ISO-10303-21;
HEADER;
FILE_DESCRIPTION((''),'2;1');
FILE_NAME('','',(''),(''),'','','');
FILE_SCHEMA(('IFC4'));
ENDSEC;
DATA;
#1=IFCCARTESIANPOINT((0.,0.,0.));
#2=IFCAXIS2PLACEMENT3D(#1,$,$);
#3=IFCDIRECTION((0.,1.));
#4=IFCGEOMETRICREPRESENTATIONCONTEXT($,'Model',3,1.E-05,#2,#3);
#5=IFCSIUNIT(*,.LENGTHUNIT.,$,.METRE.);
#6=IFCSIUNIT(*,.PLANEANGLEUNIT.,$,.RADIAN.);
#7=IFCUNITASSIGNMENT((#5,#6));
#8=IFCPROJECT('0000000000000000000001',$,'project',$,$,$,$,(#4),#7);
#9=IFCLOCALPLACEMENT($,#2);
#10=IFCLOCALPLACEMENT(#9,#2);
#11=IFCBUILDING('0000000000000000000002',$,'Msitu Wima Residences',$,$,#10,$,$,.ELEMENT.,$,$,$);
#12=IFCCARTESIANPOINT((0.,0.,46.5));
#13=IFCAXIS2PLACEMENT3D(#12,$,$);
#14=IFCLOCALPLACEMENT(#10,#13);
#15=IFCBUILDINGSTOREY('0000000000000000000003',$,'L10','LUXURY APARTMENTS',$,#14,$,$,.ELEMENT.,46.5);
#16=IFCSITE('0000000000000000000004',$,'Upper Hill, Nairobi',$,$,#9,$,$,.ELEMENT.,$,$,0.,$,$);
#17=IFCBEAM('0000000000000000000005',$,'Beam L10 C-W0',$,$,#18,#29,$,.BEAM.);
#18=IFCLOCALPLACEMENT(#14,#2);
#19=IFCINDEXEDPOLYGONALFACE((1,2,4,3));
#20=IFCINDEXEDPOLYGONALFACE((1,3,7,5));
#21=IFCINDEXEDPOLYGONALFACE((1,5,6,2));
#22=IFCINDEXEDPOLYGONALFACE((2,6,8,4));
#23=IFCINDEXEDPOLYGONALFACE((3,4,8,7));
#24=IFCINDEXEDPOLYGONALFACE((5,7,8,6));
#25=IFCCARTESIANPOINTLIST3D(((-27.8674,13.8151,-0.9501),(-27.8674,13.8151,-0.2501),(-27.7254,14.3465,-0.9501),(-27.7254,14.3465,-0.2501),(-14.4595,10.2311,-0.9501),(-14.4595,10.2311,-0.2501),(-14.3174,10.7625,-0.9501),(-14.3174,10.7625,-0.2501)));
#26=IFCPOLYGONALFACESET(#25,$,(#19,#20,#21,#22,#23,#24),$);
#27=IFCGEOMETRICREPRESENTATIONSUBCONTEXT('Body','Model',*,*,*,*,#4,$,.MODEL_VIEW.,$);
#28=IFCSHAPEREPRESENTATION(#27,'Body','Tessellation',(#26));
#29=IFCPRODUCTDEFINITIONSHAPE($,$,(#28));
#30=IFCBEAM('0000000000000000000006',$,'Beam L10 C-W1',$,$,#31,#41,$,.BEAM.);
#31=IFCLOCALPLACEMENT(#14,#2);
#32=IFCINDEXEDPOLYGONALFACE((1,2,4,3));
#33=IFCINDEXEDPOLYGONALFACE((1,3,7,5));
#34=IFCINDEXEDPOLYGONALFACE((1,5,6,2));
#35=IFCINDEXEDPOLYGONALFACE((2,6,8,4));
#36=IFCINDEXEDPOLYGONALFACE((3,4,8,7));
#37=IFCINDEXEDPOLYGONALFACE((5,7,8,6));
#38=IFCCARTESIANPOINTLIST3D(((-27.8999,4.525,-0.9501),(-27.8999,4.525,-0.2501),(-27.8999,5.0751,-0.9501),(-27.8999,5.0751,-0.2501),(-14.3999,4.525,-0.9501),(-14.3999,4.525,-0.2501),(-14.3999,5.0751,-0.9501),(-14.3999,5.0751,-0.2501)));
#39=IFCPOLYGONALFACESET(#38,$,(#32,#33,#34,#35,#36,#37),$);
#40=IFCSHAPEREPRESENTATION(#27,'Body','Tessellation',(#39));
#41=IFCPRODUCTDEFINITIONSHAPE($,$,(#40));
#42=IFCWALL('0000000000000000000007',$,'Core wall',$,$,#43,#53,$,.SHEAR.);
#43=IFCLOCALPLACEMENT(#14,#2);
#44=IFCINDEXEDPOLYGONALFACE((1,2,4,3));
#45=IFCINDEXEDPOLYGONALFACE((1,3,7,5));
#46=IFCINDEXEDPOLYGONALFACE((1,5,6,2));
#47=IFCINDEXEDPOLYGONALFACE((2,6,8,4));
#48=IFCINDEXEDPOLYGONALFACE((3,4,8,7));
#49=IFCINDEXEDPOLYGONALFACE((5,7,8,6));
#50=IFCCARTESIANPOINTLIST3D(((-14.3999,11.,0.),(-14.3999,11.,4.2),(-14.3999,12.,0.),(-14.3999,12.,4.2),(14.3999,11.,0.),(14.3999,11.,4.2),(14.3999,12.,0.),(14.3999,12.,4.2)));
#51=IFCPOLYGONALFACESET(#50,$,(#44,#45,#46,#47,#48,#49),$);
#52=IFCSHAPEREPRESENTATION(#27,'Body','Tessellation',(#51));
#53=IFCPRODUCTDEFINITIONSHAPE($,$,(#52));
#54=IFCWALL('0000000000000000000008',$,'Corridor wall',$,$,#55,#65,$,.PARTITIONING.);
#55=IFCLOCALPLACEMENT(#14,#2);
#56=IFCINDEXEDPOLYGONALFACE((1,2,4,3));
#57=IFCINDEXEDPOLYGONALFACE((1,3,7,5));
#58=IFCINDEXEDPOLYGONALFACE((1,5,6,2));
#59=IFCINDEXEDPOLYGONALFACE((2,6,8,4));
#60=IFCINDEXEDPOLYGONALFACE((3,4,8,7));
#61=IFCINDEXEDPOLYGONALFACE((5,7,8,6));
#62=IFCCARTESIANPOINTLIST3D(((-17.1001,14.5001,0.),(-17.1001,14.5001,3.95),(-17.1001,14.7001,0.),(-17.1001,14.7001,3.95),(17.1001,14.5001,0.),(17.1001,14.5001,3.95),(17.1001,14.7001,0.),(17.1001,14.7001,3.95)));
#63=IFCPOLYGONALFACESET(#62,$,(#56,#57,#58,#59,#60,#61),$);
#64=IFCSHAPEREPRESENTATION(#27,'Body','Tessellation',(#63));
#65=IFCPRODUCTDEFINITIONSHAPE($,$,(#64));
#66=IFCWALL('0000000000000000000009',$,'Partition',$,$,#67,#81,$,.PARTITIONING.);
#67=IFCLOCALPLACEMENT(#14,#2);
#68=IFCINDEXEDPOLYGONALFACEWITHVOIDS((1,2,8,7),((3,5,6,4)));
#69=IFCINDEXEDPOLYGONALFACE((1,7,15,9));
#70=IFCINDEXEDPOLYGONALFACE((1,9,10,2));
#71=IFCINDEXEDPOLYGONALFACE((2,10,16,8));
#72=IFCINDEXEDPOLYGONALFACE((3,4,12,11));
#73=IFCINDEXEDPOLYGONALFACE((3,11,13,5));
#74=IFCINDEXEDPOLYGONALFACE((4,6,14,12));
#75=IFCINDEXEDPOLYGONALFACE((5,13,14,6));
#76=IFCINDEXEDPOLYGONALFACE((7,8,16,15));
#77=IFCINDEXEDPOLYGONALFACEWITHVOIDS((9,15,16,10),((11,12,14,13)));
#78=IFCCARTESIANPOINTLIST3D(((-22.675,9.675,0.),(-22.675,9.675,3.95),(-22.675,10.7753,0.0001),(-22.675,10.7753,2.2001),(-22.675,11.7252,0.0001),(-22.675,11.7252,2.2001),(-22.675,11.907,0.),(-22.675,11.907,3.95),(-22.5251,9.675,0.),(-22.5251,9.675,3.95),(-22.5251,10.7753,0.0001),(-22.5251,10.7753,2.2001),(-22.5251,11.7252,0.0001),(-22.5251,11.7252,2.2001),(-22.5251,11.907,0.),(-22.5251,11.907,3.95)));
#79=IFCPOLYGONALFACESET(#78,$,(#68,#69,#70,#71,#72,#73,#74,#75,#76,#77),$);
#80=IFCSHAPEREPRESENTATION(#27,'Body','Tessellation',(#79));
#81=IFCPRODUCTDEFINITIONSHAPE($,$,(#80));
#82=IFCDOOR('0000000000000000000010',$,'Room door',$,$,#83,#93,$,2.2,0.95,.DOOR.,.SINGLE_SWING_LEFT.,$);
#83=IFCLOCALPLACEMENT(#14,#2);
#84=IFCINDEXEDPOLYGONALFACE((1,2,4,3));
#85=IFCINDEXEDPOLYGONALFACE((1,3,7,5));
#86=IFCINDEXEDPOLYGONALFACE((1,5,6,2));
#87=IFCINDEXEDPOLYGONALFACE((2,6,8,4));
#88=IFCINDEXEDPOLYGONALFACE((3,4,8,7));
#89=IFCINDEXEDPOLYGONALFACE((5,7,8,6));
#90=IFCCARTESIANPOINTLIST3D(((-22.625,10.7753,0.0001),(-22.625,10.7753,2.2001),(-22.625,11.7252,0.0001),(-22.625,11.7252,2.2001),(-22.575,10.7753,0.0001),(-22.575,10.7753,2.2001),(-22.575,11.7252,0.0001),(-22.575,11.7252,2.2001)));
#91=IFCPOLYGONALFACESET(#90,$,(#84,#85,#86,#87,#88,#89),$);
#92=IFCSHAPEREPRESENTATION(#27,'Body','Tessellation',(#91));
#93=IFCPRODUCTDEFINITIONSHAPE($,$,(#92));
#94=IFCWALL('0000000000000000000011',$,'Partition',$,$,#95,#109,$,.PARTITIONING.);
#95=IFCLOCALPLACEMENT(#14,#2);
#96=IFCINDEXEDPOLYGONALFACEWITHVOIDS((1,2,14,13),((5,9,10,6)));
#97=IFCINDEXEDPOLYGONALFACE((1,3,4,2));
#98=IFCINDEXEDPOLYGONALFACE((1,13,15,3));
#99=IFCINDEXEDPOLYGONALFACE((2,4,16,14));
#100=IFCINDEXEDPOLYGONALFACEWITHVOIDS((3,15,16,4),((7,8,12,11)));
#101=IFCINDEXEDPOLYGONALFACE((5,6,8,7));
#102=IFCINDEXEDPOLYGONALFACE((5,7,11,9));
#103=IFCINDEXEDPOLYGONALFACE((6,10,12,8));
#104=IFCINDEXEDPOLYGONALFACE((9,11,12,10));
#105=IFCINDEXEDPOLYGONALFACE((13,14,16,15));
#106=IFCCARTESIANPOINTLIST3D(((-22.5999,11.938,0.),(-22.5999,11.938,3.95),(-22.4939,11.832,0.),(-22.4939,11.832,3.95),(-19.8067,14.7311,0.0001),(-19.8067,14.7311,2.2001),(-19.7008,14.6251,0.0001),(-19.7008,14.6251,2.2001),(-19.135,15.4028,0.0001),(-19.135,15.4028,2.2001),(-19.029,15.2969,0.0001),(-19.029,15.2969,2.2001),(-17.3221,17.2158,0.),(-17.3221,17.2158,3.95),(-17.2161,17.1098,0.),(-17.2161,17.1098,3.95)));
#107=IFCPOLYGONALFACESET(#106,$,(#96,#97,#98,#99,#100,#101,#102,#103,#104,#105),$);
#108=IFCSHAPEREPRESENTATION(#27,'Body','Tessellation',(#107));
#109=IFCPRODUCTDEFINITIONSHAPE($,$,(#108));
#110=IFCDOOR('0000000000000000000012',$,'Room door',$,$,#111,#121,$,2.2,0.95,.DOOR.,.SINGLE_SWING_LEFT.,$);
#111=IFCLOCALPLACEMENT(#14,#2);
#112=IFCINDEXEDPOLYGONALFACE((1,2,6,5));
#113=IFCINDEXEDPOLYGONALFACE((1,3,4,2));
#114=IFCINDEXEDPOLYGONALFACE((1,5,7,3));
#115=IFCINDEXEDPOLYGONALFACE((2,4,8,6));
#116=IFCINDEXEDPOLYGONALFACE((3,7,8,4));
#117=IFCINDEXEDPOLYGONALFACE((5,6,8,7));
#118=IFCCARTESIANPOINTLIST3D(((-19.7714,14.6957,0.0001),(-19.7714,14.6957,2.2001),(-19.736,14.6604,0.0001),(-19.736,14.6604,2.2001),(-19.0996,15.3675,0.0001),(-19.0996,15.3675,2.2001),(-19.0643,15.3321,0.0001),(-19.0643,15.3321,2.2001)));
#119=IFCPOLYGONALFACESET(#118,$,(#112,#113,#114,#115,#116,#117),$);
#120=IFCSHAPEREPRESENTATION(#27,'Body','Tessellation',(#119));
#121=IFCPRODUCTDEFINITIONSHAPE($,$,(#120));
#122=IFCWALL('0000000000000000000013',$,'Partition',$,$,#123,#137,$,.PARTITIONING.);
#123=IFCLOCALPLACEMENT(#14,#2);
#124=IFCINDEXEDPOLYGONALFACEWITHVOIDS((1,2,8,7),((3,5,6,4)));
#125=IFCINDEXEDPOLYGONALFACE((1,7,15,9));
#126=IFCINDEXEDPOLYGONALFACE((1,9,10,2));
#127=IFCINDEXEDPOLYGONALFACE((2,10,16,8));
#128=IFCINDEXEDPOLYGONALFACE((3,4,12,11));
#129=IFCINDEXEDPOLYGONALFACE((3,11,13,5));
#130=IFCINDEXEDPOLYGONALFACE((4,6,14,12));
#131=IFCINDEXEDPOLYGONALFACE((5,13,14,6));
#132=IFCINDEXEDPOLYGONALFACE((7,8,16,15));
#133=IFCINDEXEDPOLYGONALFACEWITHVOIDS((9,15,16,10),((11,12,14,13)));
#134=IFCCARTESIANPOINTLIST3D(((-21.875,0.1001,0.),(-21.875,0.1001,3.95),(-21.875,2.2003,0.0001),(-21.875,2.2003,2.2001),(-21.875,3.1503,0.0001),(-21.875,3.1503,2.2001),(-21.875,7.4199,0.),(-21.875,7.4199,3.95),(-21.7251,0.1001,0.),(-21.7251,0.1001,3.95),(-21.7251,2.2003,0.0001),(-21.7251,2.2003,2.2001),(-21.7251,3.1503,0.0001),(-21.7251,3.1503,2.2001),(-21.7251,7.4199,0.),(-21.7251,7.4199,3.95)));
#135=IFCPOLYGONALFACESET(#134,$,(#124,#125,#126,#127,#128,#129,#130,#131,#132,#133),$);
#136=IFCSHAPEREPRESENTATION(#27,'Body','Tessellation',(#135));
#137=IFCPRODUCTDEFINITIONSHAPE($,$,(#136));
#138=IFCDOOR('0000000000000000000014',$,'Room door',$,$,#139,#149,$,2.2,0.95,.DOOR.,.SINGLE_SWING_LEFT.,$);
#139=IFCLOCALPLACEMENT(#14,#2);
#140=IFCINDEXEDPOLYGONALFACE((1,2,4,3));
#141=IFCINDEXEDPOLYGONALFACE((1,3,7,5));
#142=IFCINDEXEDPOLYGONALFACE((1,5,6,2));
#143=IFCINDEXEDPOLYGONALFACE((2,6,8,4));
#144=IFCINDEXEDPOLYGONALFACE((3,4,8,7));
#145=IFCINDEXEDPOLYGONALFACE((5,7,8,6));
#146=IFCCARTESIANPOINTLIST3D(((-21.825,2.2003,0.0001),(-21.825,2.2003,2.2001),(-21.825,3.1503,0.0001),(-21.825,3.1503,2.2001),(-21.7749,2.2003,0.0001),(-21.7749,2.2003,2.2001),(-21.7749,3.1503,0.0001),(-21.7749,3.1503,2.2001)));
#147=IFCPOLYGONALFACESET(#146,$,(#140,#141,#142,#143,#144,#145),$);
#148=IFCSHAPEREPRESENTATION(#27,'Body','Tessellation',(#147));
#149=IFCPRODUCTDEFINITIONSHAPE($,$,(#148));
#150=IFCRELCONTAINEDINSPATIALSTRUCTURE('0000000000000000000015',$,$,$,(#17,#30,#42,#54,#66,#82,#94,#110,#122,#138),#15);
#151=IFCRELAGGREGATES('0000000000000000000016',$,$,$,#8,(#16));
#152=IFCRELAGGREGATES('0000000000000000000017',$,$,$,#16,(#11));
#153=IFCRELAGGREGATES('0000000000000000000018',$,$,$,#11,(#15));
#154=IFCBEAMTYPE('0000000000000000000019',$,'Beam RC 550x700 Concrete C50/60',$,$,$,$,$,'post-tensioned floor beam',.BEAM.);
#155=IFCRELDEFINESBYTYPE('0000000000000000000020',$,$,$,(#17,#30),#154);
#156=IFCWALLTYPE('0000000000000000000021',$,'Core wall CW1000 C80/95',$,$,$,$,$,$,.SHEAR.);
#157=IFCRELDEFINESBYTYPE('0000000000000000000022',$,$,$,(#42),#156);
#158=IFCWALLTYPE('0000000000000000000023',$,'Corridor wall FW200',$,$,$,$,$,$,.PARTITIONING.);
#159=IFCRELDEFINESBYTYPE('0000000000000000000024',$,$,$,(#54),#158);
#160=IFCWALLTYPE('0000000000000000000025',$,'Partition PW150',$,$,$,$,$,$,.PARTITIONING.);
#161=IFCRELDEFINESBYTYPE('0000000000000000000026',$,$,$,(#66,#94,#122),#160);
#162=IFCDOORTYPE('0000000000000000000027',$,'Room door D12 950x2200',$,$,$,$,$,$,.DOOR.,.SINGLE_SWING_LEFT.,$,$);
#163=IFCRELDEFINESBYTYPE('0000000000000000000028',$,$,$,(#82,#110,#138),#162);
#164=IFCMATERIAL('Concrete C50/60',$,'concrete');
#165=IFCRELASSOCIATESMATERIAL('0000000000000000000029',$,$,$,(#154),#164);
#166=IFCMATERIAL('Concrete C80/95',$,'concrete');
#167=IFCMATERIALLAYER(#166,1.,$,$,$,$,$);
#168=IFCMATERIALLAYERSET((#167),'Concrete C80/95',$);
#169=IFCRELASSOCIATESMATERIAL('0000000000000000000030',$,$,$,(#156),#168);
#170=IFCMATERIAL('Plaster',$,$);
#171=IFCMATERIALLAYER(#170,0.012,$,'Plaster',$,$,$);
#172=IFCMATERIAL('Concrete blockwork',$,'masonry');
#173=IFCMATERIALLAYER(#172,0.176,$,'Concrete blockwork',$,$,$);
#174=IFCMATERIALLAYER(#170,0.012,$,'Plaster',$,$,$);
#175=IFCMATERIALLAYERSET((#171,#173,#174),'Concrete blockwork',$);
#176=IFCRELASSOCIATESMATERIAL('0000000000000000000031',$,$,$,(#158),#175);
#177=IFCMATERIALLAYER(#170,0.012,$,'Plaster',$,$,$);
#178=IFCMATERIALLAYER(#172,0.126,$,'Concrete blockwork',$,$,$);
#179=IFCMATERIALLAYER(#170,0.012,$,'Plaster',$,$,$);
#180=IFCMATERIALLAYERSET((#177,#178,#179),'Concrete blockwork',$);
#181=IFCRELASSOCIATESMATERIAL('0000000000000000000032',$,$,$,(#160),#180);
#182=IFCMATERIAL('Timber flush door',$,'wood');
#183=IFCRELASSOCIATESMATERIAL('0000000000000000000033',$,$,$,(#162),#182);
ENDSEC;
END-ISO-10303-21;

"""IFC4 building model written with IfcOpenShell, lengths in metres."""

from ifc_helpers import new_model, si_unit, direction, frame, frame_2d, origin, origin_2d, place, context, subcontext, project, spatial, rectangle, extrude, material, layer, layer_set, material_profile, profile_set, type_object, element, fill, save


model = new_model("IFC4")

# Units and contexts
model_context = context("Model", 3, precision=1e-05, world=origin(), true_north=direction((0.0, 1.0)))
body_context = subcontext(model_context, "Body", "Model", "MODEL_VIEW")
ifc_project = project(units=[si_unit("LENGTHUNIT", "METRE"), si_unit("PLANEANGLEUNIT", "RADIAN")], contexts=[model_context])

# Site, building, storey
site_placement = place(None, origin())
site = spatial("IfcSite", under=ifc_project, at=site_placement, Name="Upper Hill, Nairobi", CompositionType="ELEMENT", RefElevation=0.0)
building_placement = place(site_placement, origin())
building = spatial("IfcBuilding", under=site, at=building_placement, Name="Msitu Wima Residences", CompositionType="ELEMENT")
storey_placement = place(building_placement, frame((0.0, 0.0, 46.5)))
storey = spatial("IfcBuildingStorey", under=building, at=storey_placement, Name="L10", Description="LUXURY APARTMENTS", CompositionType="ELEMENT", Elevation=46.5)

# Beams
ifc_material_1 = material(Name="Concrete C50/60", Category="concrete")
ifc_material_profile = material_profile(ifc_material_1, rectangle(XDim=0.55, YDim=0.7, at=origin_2d()), Name="RC 550x700")
ifc_profile_set = profile_set([ifc_material_profile], Name="Concrete C50/60")
beam_type = type_object("IfcBeamType", Name="Beam RC 550x700 Concrete C50/60", ElementType="post-tensioned floor beam", PredefinedType="BEAM", material=ifc_profile_set)
beam_1_placement = place(storey_placement, frame((-27.7964, 14.0808, -0.6001), z_axis=(0.966082, -0.258236, 0.0), x_axis=(0.258236, 0.966082, 0.0)))
element("IfcBeam", 1, at=beam_1_placement, inside=storey, type_object=beam_type, Name="Beam L10 C-W0", PredefinedType="BEAM", context=body_context, shape_type="SweptSolid", body=[
    extrude(rectangle(XDim=0.55, YDim=0.7, at=origin_2d()), origin(), (0.0, 0.0, 1.0), 13.8787),
])
beam_2_placement = place(storey_placement, frame((-27.8999, 4.8, -0.6001), z_axis=(1.0, 0.0, 0.0), x_axis=(0.0, 1.0, 0.0)))
element("IfcBeam", 2, at=beam_2_placement, inside=storey, type_object=beam_type, Name="Beam L10 C-W1", PredefinedType="BEAM", context=body_context, shape_type="SweptSolid", body=[
    extrude(rectangle(XDim=0.55, YDim=0.7, at=origin_2d()), origin(), (0.0, 0.0, 1.0), 13.5),
])

# Walls
ifc_material_2 = material(Name="Concrete C80/95", Category="concrete")
ifc_layer_1 = layer(ifc_material_2, 1.0)
ifc_layer_set_1 = layer_set([ifc_layer_1], Name="Concrete C80/95")
wall_type_1 = type_object("IfcWallType", Name="Core wall CW1000 C80/95", PredefinedType="SHEAR", material=ifc_layer_set_1)
wall_1_placement = place(storey_placement, frame((-14.3999, 11.5, 0.0), z_axis=(0.0, 0.0, 1.0), x_axis=(1.0, 0.0, 0.0)))
element("IfcWall", 3, at=wall_1_placement, inside=storey, type_object=wall_type_1, Name="Core wall", PredefinedType="SHEAR", context=body_context, shape_type="SweptSolid", body=[
    extrude(rectangle(XDim=28.7998, YDim=1.0, at=frame_2d((14.3999, 0.0))), origin(), (0.0, 0.0, 1.0), 4.2),
])
ifc_material_3 = material(Name="Plaster")
ifc_layer_2 = layer(ifc_material_3, 0.012, Name="Plaster")
ifc_material_4 = material(Name="Concrete blockwork", Category="masonry")
ifc_layer_3 = layer(ifc_material_4, 0.176, Name="Concrete blockwork")
ifc_layer_4 = layer(ifc_material_3, 0.012, Name="Plaster")
ifc_layer_set_2 = layer_set([ifc_layer_2, ifc_layer_3, ifc_layer_4], Name="Concrete blockwork")
wall_type_2 = type_object("IfcWallType", Name="Corridor wall FW200", PredefinedType="PARTITIONING", material=ifc_layer_set_2)
wall_2_placement = place(storey_placement, frame((-17.1001, 14.6001, 0.0), z_axis=(0.0, 0.0, 1.0), x_axis=(1.0, 0.0, 0.0)))
element("IfcWall", 4, at=wall_2_placement, inside=storey, type_object=wall_type_2, Name="Corridor wall", PredefinedType="PARTITIONING", context=body_context, shape_type="SweptSolid", body=[
    extrude(rectangle(XDim=34.2002, YDim=0.2, at=frame_2d((17.1001, 0.0))), origin(), (0.0, 0.0, 1.0), 3.95),
])

# Walls, openings, doors
ifc_layer_5 = layer(ifc_material_3, 0.012, Name="Plaster")
ifc_layer_6 = layer(ifc_material_4, 0.126, Name="Concrete blockwork")
ifc_layer_7 = layer(ifc_material_3, 0.012, Name="Plaster")
ifc_layer_set_3 = layer_set([ifc_layer_5, ifc_layer_6, ifc_layer_7], Name="Concrete blockwork")
wall_type_3 = type_object("IfcWallType", Name="Partition PW150", PredefinedType="PARTITIONING", material=ifc_layer_set_3)
wall_3_placement = place(storey_placement, frame((-22.6001, 9.675, 0.0), z_axis=(0.0, 0.0, 1.0), x_axis=(0.0, 1.0, 0.0)))
wall_3 = element("IfcWall", 5, at=wall_3_placement, inside=storey, type_object=wall_type_3, Name="Partition", PredefinedType="PARTITIONING", context=body_context, shape_type="SweptSolid", body=[
    extrude(rectangle(XDim=2.2319, YDim=0.1499, at=frame_2d((1.116, 0.0))), origin(), (0.0, 0.0, 1.0), 3.95),
])
opening_1_placement = place(wall_3_placement, frame((1.1001, 0.0, 0.0)))
opening_1 = element("IfcOpeningElement", 6, at=opening_1_placement, cuts=wall_3, PredefinedType="OPENING", context=body_context, shape_type="SweptSolid", body=[
    extrude(rectangle(XDim=0.95, YDim=2.2, at=frame_2d((0.4751, 1.1001))), frame((0.0, 0.085, 0.0), z_axis=(0.0, -1.0, 0.0), x_axis=(1.0, 0.0, 0.0)), (0.0, 0.0, 1.0), 0.1699),
])
ifc_material_5 = material(Name="Timber flush door", Category="wood")
door_type_1 = type_object("IfcDoorType", Name="Room door D12 950x2200", OperationType="SINGLE_SWING_LEFT", PredefinedType="DOOR", material=ifc_material_5)
door_1_placement = place(opening_1_placement, origin())
door_1 = element("IfcDoor", 7, at=door_1_placement, inside=storey, type_object=door_type_1, Name="Room door", OperationType="SINGLE_SWING_LEFT", OverallHeight=2.2, OverallWidth=0.95, PredefinedType="DOOR", context=body_context, shape_type="SweptSolid", body=[
    extrude(rectangle(XDim=0.95, YDim=2.2, at=frame_2d((0.4751, 1.1001))), frame((0.0, 0.0249, 0.0), z_axis=(0.0, -1.0, 0.0), x_axis=(1.0, 0.0, 0.0)), (0.0, 0.0, 1.0), 0.05),
])
fill(opening_1, door_1)
wall_4_placement = place(storey_placement, frame((-22.5469, 11.885, 0.0), z_axis=(0.0, 0.0, 1.0), x_axis=(0.707107, 0.707107, 0.0)))
wall_4 = element("IfcWall", 8, at=wall_4_placement, inside=storey, type_object=wall_type_3, Name="Partition", PredefinedType="PARTITIONING", context=body_context, shape_type="SweptSolid", body=[
    extrude(rectangle(XDim=7.4639, YDim=0.1499, at=frame_2d((3.7319, 0.0))), origin(), (0.0, 0.0, 1.0), 3.95),
])
opening_2_placement = place(wall_4_placement, frame((3.95, 0.0, 0.0)))
opening_2 = element("IfcOpeningElement", 9, at=opening_2_placement, cuts=wall_4, PredefinedType="OPENING", context=body_context, shape_type="SweptSolid", body=[
    extrude(rectangle(XDim=0.95, YDim=2.2, at=frame_2d((0.4751, 1.1001))), frame((0.0, 0.085, 0.0), z_axis=(0.0, -1.0, 0.0), x_axis=(1.0, 0.0, 0.0)), (0.0, 0.0, 1.0), 0.1699),
])
door_2_placement = place(opening_2_placement, origin())
door_2 = element("IfcDoor", 10, at=door_2_placement, inside=storey, type_object=door_type_1, Name="Room door", OperationType="SINGLE_SWING_LEFT", OverallHeight=2.2, OverallWidth=0.95, PredefinedType="DOOR", context=body_context, shape_type="SweptSolid", body=[
    extrude(rectangle(XDim=0.95, YDim=2.2, at=frame_2d((0.4751, 1.1001))), frame((0.0, 0.0249, 0.0), z_axis=(0.0, -1.0, 0.0), x_axis=(1.0, 0.0, 0.0)), (0.0, 0.0, 1.0), 0.05),
])
fill(opening_2, door_2)
wall_5_placement = place(storey_placement, frame((-21.8, 0.1001, 0.0), z_axis=(0.0, 0.0, 1.0), x_axis=(0.0, 1.0, 0.0)))
wall_5 = element("IfcWall", 11, at=wall_5_placement, inside=storey, type_object=wall_type_3, Name="Partition", PredefinedType="PARTITIONING", context=body_context, shape_type="SweptSolid", body=[
    extrude(rectangle(XDim=7.3198, YDim=0.1499, at=frame_2d((3.6599, 0.0))), origin(), (0.0, 0.0, 1.0), 3.95),
])
opening_3_placement = place(wall_5_placement, frame((2.1001, 0.0, 0.0)))
opening_3 = element("IfcOpeningElement", 12, at=opening_3_placement, cuts=wall_5, PredefinedType="OPENING", context=body_context, shape_type="SweptSolid", body=[
    extrude(rectangle(XDim=0.95, YDim=2.2, at=frame_2d((0.4751, 1.1001))), frame((0.0, 0.085, 0.0), z_axis=(0.0, -1.0, 0.0), x_axis=(1.0, 0.0, 0.0)), (0.0, 0.0, 1.0), 0.1699),
])
door_3_placement = place(opening_3_placement, origin())
door_3 = element("IfcDoor", 13, at=door_3_placement, inside=storey, type_object=door_type_1, Name="Room door", OperationType="SINGLE_SWING_LEFT", OverallHeight=2.2, OverallWidth=0.95, PredefinedType="DOOR", context=body_context, shape_type="SweptSolid", body=[
    extrude(rectangle(XDim=0.95, YDim=2.2, at=frame_2d((0.4751, 1.1001))), frame((0.0, 0.0249, 0.0), z_axis=(0.0, -1.0, 0.0), x_axis=(1.0, 0.0, 0.0)), (0.0, 0.0, 1.0), 0.05),
])
fill(opening_3, door_3)

save(model, "model.ifc")
